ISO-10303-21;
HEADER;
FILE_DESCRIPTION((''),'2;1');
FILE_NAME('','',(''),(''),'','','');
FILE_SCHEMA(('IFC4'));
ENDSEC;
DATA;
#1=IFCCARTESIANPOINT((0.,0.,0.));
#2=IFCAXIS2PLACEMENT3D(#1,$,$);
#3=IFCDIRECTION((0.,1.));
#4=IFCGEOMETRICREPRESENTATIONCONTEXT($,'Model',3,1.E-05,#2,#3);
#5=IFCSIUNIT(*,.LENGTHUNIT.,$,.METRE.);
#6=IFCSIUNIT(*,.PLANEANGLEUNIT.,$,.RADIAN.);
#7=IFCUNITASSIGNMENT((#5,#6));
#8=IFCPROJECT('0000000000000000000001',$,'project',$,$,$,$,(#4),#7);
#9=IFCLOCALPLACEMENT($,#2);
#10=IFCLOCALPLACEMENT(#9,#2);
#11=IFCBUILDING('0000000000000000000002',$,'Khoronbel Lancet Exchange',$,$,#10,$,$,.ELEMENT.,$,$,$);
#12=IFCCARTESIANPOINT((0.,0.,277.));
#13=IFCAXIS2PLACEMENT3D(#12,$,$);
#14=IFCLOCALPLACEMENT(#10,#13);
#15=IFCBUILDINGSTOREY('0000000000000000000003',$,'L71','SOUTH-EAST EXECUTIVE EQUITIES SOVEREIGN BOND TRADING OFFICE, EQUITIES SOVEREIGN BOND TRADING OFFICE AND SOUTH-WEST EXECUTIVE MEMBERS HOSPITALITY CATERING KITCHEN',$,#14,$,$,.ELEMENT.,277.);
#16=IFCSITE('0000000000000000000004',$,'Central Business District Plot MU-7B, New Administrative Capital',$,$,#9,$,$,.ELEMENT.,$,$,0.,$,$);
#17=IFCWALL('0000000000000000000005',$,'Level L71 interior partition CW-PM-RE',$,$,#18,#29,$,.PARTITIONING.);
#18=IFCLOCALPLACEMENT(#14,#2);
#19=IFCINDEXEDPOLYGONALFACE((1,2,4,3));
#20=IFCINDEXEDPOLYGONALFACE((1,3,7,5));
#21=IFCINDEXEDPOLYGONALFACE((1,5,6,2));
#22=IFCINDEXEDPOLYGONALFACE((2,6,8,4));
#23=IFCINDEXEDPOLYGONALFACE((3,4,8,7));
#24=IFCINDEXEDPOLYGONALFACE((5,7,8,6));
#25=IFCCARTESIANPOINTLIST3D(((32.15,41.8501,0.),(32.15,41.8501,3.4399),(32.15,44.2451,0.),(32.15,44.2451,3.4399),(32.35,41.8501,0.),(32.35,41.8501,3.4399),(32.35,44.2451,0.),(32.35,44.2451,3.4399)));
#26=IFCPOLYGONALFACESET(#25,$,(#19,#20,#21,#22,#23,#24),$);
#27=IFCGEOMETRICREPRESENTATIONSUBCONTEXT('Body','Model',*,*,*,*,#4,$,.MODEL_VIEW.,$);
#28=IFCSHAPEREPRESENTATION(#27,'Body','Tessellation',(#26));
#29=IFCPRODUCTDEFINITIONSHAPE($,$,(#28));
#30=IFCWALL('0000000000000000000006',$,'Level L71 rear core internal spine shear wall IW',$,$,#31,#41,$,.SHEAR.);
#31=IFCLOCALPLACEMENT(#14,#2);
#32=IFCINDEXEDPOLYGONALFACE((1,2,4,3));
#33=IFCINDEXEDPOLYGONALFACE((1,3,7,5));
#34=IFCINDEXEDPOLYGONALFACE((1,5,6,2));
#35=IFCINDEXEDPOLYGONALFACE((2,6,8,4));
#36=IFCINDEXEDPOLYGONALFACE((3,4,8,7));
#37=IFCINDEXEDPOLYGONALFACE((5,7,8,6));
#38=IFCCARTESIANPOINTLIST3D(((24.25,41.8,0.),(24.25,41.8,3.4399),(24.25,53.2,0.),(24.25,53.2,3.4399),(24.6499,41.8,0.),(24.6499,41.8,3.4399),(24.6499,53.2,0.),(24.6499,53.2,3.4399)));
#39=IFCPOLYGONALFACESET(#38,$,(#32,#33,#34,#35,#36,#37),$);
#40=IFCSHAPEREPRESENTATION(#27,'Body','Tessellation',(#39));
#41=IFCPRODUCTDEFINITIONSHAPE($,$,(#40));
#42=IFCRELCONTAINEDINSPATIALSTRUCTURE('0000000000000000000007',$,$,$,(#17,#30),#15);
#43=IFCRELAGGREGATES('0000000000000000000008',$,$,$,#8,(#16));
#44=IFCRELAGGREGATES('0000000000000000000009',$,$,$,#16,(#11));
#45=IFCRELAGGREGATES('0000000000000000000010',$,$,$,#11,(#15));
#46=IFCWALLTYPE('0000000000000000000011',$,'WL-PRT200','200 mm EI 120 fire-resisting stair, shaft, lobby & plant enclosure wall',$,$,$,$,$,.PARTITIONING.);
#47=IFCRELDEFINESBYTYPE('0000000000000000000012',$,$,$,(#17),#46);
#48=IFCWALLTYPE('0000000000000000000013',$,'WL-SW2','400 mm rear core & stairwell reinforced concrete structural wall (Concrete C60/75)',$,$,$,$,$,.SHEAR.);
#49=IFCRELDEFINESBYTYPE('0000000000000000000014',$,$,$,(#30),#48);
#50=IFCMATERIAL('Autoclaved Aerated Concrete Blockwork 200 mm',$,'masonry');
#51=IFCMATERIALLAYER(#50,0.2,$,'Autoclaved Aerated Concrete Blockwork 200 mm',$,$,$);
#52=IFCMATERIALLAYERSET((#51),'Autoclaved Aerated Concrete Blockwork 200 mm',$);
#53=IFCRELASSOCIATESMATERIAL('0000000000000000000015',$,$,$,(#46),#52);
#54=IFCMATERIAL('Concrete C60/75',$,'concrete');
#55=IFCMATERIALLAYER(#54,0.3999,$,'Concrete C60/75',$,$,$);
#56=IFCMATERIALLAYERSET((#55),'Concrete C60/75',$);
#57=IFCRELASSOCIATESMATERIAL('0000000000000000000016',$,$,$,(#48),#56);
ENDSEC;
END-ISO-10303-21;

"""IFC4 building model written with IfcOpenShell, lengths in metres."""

from ifc_helpers import new_model, si_unit, direction, frame, frame_2d, origin, place, context, subcontext, project, spatial, rectangle, extrude, material, layer, layer_set, type_object, element, save


model = new_model("IFC4")

# Units and contexts
model_context = context("Model", 3, precision=1e-05, world=origin(), true_north=direction((0.0, 1.0)))
body_context = subcontext(model_context, "Body", "Model", "MODEL_VIEW")
ifc_project = project(units=[si_unit("LENGTHUNIT", "METRE"), si_unit("PLANEANGLEUNIT", "RADIAN")], contexts=[model_context])

# Site, building, storey
site_placement = place(None, origin())
site = spatial("IfcSite", under=ifc_project, at=site_placement, Name="Central Business District Plot MU-7B, New Administrative Capital", CompositionType="ELEMENT", RefElevation=0.0)
building_placement = place(site_placement, origin())
building = spatial("IfcBuilding", under=site, at=building_placement, Name="Khoronbel Lancet Exchange", CompositionType="ELEMENT")
storey_placement = place(building_placement, frame((0.0, 0.0, 277.0)))
storey = spatial("IfcBuildingStorey", under=building, at=storey_placement, Name="L71", Description="SOUTH-EAST EXECUTIVE EQUITIES SOVEREIGN BOND TRADING OFFICE, EQUITIES SOVEREIGN BOND TRADING OFFICE AND SOUTH-WEST EXECUTIVE MEMBERS HOSPITALITY CATERING KITCHEN", CompositionType="ELEMENT", Elevation=277.0)

# Shared definitions
ifc_material_1 = material(Name="Concrete C60/75", Category="concrete")

# Shared definitions
ifc_material_2 = material(Name="Autoclaved Aerated Concrete Blockwork 200 mm", Category="masonry")
ifc_layer_1 = layer(ifc_material_2, 0.2, Name="Autoclaved Aerated Concrete Blockwork 200 mm")
ifc_layer_set_1 = layer_set([ifc_layer_1], Name="Autoclaved Aerated Concrete Blockwork 200 mm")
wall_type_1 = type_object("IfcWallType", Name="WL-PRT200", Description="200 mm EI 120 fire-resisting stair, shaft, lobby & plant enclosure wall", PredefinedType="PARTITIONING", material=ifc_layer_set_1)

# Walls
for number, where, z_axis, x_axis, name in (
    (1, (32.25, 41.8501, 0.0), (0.0, 0.0, 1.0), (0.0, 1.0, 0.0), "Level L71 interior partition CW-PM-RE"),
):
    element("IfcWall", number, at=place(storey_placement, frame(where, z_axis=z_axis, x_axis=x_axis)), inside=storey, type_object=wall_type_1, Name=name, PredefinedType="PARTITIONING", context=body_context, shape_type="SweptSolid", body=[
        extrude(rectangle(XDim=2.395, YDim=0.2, at=frame_2d((1.1975, 0.0))), origin(), (0.0, 0.0, 1.0), 3.4399),
    ])
ifc_layer_2 = layer(ifc_material_1, 0.3999, Name="Concrete C60/75")
ifc_layer_set_2 = layer_set([ifc_layer_2], Name="Concrete C60/75")
wall_type_2 = type_object("IfcWallType", Name="WL-SW2", Description="400 mm rear core & stairwell reinforced concrete structural wall (Concrete C60/75)", PredefinedType="SHEAR", material=ifc_layer_set_2)
wall_1_placement = place(storey_placement, frame((24.45, 41.8, 0.0), z_axis=(0.0, 0.0, 1.0), x_axis=(0.0, 1.0, 0.0)))
element("IfcWall", 2, at=wall_1_placement, inside=storey, type_object=wall_type_2, Name="Level L71 rear core internal spine shear wall IW", PredefinedType="SHEAR", context=body_context, shape_type="SweptSolid", body=[
    extrude(rectangle(XDim=11.3999, YDim=0.3999, at=frame_2d((5.7, 0.0))), origin(), (0.0, 0.0, 1.0), 3.4399),
])

save(model, "model.ifc")
